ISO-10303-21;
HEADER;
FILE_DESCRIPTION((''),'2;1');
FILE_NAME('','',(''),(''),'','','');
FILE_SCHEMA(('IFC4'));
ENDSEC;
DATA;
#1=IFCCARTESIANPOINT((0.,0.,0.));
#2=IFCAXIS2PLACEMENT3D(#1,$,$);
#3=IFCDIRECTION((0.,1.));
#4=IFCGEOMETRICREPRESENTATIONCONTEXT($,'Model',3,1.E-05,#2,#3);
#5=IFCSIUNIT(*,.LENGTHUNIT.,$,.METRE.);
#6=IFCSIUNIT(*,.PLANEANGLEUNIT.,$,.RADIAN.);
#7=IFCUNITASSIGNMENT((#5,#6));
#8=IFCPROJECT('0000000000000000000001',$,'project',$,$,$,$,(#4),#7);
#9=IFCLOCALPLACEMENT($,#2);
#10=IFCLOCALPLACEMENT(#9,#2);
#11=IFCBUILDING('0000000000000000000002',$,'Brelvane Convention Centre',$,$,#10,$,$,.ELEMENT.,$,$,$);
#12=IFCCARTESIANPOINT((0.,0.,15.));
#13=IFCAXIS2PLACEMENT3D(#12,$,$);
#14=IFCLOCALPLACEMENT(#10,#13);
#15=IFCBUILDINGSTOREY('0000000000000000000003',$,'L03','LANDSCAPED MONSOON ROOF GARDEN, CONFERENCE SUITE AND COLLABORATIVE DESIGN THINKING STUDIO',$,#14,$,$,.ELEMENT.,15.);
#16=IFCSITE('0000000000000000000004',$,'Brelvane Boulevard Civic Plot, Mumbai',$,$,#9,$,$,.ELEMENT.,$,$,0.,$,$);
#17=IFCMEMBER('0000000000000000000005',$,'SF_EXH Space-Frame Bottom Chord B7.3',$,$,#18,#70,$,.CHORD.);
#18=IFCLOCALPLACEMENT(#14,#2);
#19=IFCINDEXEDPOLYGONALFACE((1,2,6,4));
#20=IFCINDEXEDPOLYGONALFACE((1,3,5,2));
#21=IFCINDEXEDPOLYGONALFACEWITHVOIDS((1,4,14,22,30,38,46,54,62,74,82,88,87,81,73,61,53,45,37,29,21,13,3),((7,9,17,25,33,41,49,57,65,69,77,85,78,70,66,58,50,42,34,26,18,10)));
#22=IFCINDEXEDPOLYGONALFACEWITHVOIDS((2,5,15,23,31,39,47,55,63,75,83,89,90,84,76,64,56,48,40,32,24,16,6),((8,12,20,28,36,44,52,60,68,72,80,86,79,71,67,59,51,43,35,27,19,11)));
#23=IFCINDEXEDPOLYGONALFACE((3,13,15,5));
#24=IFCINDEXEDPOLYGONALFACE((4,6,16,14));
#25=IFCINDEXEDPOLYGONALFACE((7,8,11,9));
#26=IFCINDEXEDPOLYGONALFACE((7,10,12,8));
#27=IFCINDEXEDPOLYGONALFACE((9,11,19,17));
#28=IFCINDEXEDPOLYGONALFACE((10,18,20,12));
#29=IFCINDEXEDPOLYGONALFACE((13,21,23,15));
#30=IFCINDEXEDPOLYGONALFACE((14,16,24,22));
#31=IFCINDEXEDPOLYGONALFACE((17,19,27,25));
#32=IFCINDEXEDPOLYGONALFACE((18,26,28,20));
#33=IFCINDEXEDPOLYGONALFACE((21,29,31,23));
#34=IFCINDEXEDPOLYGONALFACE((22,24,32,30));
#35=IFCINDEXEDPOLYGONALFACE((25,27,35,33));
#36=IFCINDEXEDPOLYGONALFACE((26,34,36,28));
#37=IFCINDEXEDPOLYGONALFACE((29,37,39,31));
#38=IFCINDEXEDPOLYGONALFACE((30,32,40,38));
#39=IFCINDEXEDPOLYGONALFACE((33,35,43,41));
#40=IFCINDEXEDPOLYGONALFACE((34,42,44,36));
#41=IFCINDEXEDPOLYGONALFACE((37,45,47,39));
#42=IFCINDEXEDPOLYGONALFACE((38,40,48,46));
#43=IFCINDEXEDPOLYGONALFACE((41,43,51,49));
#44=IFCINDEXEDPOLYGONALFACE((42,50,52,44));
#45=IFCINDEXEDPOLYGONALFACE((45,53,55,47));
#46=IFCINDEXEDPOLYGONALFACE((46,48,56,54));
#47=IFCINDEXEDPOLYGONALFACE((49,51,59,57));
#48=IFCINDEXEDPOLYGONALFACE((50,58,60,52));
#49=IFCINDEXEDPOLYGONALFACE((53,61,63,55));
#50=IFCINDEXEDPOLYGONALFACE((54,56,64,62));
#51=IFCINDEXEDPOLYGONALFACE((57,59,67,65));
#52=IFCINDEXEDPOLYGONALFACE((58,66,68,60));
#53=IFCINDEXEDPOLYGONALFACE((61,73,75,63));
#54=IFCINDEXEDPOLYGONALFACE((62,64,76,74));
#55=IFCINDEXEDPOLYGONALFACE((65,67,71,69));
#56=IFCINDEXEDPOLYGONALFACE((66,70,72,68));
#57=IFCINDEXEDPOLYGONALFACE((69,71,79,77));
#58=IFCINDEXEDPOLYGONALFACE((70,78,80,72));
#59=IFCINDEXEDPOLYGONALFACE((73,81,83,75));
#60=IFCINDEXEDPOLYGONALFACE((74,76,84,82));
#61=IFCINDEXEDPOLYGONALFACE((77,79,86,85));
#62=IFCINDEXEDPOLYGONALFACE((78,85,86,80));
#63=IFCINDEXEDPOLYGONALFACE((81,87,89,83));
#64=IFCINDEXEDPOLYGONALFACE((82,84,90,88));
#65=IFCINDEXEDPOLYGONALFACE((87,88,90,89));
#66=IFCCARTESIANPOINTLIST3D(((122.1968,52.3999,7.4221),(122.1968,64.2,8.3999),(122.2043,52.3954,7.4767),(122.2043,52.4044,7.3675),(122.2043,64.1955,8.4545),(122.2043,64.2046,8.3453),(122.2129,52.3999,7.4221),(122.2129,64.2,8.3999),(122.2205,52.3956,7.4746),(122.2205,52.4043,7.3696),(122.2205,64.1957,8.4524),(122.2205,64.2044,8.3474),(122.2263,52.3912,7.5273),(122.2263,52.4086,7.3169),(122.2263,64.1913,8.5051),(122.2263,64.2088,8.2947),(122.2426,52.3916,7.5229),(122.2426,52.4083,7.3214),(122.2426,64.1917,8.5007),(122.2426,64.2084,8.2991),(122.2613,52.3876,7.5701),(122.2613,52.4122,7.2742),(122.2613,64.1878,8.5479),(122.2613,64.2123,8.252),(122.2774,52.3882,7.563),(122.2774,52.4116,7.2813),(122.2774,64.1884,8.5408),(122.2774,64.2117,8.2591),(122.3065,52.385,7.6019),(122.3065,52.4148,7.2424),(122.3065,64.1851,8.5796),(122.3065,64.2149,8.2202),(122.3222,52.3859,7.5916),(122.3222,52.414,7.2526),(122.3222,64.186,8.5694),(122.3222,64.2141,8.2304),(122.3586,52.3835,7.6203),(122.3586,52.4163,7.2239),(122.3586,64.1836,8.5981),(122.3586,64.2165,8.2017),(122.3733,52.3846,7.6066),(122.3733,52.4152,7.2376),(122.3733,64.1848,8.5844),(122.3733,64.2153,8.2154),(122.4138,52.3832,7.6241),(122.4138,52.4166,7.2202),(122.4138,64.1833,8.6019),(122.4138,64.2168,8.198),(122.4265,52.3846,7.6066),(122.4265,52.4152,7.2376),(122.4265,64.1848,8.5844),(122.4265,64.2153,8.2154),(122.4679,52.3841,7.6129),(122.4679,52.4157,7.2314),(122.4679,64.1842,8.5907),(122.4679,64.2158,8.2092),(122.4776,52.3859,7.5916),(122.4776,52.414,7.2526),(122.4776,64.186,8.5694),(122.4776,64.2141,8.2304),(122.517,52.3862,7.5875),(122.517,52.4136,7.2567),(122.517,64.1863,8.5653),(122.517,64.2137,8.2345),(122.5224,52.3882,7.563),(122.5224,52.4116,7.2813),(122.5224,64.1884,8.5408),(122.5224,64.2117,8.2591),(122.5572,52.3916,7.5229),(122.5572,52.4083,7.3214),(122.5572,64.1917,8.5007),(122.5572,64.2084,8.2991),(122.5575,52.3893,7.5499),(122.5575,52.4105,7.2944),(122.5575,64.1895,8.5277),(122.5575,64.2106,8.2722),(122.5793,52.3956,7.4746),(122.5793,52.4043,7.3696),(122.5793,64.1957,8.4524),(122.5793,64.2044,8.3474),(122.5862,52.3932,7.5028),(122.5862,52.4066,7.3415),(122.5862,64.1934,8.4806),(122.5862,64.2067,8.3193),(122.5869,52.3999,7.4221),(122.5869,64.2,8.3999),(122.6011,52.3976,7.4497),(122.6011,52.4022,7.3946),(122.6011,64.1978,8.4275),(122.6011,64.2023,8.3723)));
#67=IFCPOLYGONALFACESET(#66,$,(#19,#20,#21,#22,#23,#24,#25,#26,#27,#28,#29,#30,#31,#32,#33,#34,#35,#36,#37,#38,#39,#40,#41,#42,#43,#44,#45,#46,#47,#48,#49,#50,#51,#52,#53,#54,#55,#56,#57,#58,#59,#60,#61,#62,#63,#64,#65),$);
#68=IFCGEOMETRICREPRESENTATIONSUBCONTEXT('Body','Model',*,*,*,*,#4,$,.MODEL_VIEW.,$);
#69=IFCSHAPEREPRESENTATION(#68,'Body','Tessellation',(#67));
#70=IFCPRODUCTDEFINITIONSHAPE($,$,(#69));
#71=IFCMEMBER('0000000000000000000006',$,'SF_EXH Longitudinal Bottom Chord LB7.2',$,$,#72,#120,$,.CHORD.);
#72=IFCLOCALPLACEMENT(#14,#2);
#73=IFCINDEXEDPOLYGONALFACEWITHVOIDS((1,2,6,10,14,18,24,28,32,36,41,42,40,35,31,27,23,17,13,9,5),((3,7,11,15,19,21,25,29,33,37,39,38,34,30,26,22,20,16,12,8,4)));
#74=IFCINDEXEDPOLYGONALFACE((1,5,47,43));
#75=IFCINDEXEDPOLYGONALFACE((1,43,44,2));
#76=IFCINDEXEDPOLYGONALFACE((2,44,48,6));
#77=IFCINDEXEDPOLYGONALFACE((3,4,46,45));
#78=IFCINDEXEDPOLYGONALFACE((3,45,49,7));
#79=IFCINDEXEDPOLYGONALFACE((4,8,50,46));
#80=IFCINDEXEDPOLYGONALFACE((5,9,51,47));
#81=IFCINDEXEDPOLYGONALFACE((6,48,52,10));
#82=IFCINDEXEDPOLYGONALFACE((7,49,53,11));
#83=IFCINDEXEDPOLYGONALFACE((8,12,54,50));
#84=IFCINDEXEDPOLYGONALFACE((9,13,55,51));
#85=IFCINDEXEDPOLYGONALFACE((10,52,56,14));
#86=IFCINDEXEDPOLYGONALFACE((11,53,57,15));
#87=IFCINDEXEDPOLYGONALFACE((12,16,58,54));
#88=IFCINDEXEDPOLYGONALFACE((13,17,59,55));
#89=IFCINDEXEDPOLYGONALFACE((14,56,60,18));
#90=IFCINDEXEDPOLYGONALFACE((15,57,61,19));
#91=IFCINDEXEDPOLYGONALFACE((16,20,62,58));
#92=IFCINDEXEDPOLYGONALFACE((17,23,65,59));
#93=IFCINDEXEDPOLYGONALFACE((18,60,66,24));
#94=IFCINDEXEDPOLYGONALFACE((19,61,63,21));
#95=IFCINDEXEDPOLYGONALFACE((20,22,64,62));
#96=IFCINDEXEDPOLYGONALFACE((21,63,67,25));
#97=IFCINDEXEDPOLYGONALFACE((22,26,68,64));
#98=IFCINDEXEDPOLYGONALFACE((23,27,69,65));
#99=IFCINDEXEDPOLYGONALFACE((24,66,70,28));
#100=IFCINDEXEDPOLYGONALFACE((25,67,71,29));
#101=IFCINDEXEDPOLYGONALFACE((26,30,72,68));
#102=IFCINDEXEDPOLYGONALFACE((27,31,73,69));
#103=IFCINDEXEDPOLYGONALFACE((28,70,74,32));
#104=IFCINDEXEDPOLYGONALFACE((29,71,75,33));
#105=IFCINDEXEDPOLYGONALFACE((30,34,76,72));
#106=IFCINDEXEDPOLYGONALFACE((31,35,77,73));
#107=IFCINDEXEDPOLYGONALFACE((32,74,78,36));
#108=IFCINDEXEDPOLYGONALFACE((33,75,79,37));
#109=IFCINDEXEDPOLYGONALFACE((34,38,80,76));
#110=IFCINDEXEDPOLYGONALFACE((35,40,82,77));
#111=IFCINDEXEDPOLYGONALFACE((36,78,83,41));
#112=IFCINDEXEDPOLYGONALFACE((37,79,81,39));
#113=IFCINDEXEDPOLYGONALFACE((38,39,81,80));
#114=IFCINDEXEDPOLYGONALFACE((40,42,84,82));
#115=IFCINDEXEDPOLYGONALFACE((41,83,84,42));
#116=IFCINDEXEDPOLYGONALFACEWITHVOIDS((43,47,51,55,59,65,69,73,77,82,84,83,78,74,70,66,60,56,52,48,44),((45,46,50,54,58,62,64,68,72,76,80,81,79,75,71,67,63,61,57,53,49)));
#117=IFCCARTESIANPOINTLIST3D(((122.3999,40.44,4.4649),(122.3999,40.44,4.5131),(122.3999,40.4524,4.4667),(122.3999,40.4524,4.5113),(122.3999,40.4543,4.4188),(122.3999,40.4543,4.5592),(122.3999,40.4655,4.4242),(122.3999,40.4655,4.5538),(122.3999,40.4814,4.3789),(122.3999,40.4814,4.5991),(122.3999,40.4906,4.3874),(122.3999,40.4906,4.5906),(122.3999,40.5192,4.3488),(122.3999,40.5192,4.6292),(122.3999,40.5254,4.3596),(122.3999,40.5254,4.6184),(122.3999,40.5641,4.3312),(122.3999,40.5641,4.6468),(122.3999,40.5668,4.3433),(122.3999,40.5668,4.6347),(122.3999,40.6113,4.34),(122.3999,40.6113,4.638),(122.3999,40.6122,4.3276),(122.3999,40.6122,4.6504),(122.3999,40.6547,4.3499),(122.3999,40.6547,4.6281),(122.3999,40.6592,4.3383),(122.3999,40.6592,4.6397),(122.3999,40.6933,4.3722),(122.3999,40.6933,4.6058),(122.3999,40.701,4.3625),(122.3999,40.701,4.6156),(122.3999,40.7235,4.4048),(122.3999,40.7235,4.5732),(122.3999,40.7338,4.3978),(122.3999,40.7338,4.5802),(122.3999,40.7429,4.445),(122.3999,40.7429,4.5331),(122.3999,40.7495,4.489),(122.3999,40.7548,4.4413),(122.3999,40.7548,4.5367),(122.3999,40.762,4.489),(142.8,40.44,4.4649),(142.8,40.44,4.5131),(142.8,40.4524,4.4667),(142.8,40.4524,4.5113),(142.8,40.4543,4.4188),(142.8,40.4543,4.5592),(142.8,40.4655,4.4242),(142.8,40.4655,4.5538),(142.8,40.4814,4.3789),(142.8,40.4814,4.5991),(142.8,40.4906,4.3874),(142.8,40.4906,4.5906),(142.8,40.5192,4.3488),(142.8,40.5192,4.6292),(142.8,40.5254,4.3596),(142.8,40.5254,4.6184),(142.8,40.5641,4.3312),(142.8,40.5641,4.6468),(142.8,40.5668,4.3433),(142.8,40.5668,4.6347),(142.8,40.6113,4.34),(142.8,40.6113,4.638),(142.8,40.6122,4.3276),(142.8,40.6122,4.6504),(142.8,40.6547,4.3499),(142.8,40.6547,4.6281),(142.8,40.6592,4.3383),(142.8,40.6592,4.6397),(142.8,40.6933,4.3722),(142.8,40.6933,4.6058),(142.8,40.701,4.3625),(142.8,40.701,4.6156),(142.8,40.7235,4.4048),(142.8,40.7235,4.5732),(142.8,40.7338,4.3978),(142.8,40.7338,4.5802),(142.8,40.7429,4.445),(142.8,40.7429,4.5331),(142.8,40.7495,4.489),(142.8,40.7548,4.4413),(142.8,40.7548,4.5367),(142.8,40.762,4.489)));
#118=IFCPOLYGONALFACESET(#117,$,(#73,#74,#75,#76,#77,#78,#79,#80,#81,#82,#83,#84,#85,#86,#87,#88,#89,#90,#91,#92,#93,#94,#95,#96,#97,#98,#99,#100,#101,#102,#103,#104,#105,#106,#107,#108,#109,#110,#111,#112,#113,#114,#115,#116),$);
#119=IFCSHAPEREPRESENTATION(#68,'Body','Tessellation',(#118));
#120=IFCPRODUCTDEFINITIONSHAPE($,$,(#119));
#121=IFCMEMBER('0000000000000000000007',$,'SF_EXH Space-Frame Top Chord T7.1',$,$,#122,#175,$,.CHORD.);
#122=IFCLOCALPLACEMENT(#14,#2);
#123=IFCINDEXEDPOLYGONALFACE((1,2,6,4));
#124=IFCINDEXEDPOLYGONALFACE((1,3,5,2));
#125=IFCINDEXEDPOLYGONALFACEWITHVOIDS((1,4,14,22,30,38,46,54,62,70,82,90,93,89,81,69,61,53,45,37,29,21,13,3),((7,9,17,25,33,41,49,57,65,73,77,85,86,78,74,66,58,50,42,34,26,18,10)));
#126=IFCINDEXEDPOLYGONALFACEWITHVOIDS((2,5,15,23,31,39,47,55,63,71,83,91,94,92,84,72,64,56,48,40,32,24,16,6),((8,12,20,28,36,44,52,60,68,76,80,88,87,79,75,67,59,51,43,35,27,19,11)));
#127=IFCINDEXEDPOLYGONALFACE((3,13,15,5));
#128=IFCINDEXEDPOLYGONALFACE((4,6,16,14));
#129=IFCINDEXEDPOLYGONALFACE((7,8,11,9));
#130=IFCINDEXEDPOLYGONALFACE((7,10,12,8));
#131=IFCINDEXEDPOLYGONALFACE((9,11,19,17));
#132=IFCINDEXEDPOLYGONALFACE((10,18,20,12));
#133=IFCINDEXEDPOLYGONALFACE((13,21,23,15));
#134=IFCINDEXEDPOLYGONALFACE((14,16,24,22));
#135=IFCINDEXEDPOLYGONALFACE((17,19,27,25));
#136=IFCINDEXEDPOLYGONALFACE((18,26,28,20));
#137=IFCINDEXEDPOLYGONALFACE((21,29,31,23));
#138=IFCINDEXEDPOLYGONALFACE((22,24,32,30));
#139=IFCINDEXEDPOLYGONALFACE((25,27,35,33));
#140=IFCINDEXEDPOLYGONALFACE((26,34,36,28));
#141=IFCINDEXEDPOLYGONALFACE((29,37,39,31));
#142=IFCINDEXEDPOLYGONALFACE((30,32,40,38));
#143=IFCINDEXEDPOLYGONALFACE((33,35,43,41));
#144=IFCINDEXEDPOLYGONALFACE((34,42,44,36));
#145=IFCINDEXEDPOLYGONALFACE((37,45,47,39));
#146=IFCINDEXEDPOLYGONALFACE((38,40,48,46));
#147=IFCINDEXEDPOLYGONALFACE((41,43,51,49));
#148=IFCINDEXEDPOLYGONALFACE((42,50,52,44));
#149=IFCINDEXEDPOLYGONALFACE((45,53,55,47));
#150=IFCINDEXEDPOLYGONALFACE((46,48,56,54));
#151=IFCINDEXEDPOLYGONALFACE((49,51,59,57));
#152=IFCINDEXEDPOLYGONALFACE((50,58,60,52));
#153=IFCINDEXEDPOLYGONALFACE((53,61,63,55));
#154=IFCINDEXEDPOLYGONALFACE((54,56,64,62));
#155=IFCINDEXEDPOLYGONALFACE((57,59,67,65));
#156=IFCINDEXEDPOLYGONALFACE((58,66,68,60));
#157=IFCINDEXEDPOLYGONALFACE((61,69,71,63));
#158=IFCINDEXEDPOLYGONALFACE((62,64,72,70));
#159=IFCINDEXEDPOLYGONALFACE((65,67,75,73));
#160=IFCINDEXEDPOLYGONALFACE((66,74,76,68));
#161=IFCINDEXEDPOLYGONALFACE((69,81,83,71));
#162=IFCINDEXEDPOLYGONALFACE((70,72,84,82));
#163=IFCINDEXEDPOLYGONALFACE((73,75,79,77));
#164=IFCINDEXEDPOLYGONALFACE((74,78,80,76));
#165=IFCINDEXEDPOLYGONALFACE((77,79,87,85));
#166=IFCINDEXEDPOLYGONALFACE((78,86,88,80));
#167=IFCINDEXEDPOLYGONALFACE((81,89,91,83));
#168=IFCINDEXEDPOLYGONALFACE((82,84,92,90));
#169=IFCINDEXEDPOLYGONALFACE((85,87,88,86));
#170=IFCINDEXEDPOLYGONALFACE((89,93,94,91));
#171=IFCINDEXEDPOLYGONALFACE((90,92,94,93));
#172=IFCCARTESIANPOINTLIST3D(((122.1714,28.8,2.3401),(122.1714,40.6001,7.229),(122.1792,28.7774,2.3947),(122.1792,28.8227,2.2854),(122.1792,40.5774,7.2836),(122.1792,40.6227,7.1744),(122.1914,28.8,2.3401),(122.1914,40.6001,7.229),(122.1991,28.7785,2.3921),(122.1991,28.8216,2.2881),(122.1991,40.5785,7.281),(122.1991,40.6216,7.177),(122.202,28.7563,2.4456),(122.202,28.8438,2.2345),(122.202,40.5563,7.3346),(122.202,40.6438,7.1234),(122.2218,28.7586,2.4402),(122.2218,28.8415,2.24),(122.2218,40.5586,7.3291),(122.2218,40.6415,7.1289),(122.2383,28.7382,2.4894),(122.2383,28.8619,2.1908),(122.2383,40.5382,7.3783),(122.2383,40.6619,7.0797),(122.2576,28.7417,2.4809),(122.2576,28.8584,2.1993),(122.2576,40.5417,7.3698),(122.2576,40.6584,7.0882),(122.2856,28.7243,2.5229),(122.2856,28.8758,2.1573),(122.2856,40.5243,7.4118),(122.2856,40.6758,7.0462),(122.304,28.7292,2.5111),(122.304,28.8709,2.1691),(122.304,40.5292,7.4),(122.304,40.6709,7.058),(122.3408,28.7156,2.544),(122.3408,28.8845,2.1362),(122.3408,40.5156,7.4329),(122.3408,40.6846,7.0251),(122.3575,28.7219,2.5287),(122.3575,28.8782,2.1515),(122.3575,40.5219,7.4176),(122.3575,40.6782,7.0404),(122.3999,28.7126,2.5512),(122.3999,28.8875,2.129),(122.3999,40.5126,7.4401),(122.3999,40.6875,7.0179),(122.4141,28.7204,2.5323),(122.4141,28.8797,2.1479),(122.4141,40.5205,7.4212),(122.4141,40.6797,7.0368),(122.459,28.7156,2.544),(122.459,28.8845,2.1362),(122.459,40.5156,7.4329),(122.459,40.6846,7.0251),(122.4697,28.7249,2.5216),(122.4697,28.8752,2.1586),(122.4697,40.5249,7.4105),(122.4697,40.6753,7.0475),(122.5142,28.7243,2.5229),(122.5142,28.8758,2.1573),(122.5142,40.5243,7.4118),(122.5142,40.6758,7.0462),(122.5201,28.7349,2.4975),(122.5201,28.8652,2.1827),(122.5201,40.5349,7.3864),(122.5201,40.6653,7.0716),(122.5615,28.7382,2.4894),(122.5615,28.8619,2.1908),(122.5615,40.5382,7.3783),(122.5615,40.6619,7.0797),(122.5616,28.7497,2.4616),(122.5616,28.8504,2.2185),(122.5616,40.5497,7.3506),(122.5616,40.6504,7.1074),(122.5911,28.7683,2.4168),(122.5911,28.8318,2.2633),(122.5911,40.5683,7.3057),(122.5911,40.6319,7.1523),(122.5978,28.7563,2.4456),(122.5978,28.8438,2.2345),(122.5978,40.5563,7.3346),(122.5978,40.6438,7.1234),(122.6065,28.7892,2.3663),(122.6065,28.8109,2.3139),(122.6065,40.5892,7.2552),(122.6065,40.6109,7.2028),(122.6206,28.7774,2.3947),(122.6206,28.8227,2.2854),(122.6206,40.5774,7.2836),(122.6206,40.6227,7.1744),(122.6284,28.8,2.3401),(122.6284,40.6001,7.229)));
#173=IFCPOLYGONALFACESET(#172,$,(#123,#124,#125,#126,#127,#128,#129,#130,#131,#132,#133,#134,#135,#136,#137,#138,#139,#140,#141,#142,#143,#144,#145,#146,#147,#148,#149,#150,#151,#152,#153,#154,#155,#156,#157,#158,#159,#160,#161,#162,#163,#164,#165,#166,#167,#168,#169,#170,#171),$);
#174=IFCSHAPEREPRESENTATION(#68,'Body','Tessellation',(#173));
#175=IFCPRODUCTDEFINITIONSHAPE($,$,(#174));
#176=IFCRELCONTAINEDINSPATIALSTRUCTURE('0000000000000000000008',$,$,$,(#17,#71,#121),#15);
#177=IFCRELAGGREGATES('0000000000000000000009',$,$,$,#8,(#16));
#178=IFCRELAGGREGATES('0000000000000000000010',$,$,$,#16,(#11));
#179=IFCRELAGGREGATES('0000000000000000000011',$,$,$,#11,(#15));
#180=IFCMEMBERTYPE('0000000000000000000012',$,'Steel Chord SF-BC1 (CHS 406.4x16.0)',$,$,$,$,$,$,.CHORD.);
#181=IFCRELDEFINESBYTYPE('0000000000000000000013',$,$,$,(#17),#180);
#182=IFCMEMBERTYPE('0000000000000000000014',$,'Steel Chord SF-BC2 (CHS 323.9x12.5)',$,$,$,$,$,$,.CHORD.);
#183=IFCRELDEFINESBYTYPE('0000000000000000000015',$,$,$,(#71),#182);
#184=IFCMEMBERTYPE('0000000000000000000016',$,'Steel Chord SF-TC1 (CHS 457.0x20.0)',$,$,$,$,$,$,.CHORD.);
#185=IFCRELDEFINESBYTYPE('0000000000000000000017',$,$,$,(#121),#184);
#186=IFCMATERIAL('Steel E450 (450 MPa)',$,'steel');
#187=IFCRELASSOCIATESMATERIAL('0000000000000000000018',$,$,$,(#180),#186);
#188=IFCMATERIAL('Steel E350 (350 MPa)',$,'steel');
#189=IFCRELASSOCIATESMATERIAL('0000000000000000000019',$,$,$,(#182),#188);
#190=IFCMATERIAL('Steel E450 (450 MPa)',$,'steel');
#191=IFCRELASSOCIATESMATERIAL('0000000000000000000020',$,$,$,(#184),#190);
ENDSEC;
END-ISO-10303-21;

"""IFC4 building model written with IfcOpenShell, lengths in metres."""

from ifc_helpers import new_model, si_unit, direction, frame, origin, origin_2d, place, context, subcontext, project, spatial, hollow_circle, extrude, material, material_profile, profile_set, type_object, element, save


model = new_model("IFC4")

# Units and contexts
model_context = context("Model", 3, precision=1e-05, world=origin(), true_north=direction((0.0, 1.0)))
body_context = subcontext(model_context, "Body", "Model", "MODEL_VIEW")
ifc_project = project(units=[si_unit("LENGTHUNIT", "METRE"), si_unit("PLANEANGLEUNIT", "RADIAN")], contexts=[model_context])

# Site, building, storey
site_placement = place(None, origin())
site = spatial("IfcSite", under=ifc_project, at=site_placement, Name="Brelvane Boulevard Civic Plot, Mumbai", CompositionType="ELEMENT", RefElevation=0.0)
building_placement = place(site_placement, origin())
building = spatial("IfcBuilding", under=site, at=building_placement, Name="Brelvane Convention Centre", CompositionType="ELEMENT")
storey_placement = place(building_placement, frame((0.0, 0.0, 15.0)))
storey = spatial("IfcBuildingStorey", under=building, at=storey_placement, Name="L03", Description="LANDSCAPED MONSOON ROOF GARDEN, CONFERENCE SUITE AND COLLABORATIVE DESIGN THINKING STUDIO", CompositionType="ELEMENT", Elevation=15.0)

# Members
ifc_material_1 = material(Name="Steel E450 (450 MPa)", Category="steel")
ifc_material_profile_1 = material_profile(ifc_material_1, hollow_circle(Radius=0.2031, WallThickness=0.0161, at=origin_2d()), Name="CHS 406.4x16.0")
ifc_profile_set_1 = profile_set([ifc_material_profile_1], Name="Steel E450 (450 MPa)")
member_type_1 = type_object("IfcMemberType", Name="Steel Chord SF-BC1 (CHS 406.4x16.0)", PredefinedType="CHORD", material=ifc_profile_set_1)
member_1_placement = place(storey_placement, frame((122.3999, 52.3999, 7.4221), z_axis=(0.0, 0.996584, 0.08258), x_axis=(-1.0, 0.0, 0.0)))
element("IfcMember", 1, at=member_1_placement, inside=storey, type_object=member_type_1, Name="SF_EXH Space-Frame Bottom Chord B7.3", PredefinedType="CHORD", context=body_context, shape_type="SweptSolid", body=[
    extrude(hollow_circle(Radius=0.2031, WallThickness=0.0161, at=origin_2d()), origin(), (0.0, 0.0, 1.0), 11.8406),
])
ifc_material_2 = material(Name="Steel E350 (350 MPa)", Category="steel")
ifc_material_profile_2 = material_profile(ifc_material_2, hollow_circle(Radius=0.1619, WallThickness=0.0125, at=origin_2d()), Name="CHS 323.9x12.5")
ifc_profile_set_2 = profile_set([ifc_material_profile_2], Name="Steel E350 (350 MPa)")
member_type_2 = type_object("IfcMemberType", Name="Steel Chord SF-BC2 (CHS 323.9x12.5)", PredefinedType="CHORD", material=ifc_profile_set_2)
member_2_placement = place(storey_placement, frame((122.3999, 40.6001, 4.489), z_axis=(1.0, 0.0, 0.0), x_axis=(0.0, 1.0, 0.0)))
element("IfcMember", 2, at=member_2_placement, inside=storey, type_object=member_type_2, Name="SF_EXH Longitudinal Bottom Chord LB7.2", PredefinedType="CHORD", context=body_context, shape_type="SweptSolid", body=[
    extrude(hollow_circle(Radius=0.1619, WallThickness=0.0125, at=origin_2d()), origin(), (0.0, 0.0, 1.0), 20.4001),
])
ifc_material_3 = material(Name="Steel E450 (450 MPa)", Category="steel")
ifc_material_profile_3 = material_profile(ifc_material_3, hollow_circle(Radius=0.2285, WallThickness=0.02, at=origin_2d()), Name="CHS 457.0x20.0")
ifc_profile_set_3 = profile_set([ifc_material_profile_3], Name="Steel E450 (450 MPa)")
member_type_3 = type_object("IfcMemberType", Name="Steel Chord SF-TC1 (CHS 457.0x20.0)", PredefinedType="CHORD", material=ifc_profile_set_3)
member_3_placement = place(storey_placement, frame((122.3999, 28.8, 2.3401), z_axis=(0.0, 0.923847, 0.382762), x_axis=(-1.0, 0.0, 0.0)))
element("IfcMember", 3, at=member_3_placement, inside=storey, type_object=member_type_3, Name="SF_EXH Space-Frame Top Chord T7.1", PredefinedType="CHORD", context=body_context, shape_type="SweptSolid", body=[
    extrude(hollow_circle(Radius=0.2285, WallThickness=0.02, at=origin_2d()), origin(), (0.0, 0.0, 1.0), 12.7727),
])

save(model, "model.ifc")
